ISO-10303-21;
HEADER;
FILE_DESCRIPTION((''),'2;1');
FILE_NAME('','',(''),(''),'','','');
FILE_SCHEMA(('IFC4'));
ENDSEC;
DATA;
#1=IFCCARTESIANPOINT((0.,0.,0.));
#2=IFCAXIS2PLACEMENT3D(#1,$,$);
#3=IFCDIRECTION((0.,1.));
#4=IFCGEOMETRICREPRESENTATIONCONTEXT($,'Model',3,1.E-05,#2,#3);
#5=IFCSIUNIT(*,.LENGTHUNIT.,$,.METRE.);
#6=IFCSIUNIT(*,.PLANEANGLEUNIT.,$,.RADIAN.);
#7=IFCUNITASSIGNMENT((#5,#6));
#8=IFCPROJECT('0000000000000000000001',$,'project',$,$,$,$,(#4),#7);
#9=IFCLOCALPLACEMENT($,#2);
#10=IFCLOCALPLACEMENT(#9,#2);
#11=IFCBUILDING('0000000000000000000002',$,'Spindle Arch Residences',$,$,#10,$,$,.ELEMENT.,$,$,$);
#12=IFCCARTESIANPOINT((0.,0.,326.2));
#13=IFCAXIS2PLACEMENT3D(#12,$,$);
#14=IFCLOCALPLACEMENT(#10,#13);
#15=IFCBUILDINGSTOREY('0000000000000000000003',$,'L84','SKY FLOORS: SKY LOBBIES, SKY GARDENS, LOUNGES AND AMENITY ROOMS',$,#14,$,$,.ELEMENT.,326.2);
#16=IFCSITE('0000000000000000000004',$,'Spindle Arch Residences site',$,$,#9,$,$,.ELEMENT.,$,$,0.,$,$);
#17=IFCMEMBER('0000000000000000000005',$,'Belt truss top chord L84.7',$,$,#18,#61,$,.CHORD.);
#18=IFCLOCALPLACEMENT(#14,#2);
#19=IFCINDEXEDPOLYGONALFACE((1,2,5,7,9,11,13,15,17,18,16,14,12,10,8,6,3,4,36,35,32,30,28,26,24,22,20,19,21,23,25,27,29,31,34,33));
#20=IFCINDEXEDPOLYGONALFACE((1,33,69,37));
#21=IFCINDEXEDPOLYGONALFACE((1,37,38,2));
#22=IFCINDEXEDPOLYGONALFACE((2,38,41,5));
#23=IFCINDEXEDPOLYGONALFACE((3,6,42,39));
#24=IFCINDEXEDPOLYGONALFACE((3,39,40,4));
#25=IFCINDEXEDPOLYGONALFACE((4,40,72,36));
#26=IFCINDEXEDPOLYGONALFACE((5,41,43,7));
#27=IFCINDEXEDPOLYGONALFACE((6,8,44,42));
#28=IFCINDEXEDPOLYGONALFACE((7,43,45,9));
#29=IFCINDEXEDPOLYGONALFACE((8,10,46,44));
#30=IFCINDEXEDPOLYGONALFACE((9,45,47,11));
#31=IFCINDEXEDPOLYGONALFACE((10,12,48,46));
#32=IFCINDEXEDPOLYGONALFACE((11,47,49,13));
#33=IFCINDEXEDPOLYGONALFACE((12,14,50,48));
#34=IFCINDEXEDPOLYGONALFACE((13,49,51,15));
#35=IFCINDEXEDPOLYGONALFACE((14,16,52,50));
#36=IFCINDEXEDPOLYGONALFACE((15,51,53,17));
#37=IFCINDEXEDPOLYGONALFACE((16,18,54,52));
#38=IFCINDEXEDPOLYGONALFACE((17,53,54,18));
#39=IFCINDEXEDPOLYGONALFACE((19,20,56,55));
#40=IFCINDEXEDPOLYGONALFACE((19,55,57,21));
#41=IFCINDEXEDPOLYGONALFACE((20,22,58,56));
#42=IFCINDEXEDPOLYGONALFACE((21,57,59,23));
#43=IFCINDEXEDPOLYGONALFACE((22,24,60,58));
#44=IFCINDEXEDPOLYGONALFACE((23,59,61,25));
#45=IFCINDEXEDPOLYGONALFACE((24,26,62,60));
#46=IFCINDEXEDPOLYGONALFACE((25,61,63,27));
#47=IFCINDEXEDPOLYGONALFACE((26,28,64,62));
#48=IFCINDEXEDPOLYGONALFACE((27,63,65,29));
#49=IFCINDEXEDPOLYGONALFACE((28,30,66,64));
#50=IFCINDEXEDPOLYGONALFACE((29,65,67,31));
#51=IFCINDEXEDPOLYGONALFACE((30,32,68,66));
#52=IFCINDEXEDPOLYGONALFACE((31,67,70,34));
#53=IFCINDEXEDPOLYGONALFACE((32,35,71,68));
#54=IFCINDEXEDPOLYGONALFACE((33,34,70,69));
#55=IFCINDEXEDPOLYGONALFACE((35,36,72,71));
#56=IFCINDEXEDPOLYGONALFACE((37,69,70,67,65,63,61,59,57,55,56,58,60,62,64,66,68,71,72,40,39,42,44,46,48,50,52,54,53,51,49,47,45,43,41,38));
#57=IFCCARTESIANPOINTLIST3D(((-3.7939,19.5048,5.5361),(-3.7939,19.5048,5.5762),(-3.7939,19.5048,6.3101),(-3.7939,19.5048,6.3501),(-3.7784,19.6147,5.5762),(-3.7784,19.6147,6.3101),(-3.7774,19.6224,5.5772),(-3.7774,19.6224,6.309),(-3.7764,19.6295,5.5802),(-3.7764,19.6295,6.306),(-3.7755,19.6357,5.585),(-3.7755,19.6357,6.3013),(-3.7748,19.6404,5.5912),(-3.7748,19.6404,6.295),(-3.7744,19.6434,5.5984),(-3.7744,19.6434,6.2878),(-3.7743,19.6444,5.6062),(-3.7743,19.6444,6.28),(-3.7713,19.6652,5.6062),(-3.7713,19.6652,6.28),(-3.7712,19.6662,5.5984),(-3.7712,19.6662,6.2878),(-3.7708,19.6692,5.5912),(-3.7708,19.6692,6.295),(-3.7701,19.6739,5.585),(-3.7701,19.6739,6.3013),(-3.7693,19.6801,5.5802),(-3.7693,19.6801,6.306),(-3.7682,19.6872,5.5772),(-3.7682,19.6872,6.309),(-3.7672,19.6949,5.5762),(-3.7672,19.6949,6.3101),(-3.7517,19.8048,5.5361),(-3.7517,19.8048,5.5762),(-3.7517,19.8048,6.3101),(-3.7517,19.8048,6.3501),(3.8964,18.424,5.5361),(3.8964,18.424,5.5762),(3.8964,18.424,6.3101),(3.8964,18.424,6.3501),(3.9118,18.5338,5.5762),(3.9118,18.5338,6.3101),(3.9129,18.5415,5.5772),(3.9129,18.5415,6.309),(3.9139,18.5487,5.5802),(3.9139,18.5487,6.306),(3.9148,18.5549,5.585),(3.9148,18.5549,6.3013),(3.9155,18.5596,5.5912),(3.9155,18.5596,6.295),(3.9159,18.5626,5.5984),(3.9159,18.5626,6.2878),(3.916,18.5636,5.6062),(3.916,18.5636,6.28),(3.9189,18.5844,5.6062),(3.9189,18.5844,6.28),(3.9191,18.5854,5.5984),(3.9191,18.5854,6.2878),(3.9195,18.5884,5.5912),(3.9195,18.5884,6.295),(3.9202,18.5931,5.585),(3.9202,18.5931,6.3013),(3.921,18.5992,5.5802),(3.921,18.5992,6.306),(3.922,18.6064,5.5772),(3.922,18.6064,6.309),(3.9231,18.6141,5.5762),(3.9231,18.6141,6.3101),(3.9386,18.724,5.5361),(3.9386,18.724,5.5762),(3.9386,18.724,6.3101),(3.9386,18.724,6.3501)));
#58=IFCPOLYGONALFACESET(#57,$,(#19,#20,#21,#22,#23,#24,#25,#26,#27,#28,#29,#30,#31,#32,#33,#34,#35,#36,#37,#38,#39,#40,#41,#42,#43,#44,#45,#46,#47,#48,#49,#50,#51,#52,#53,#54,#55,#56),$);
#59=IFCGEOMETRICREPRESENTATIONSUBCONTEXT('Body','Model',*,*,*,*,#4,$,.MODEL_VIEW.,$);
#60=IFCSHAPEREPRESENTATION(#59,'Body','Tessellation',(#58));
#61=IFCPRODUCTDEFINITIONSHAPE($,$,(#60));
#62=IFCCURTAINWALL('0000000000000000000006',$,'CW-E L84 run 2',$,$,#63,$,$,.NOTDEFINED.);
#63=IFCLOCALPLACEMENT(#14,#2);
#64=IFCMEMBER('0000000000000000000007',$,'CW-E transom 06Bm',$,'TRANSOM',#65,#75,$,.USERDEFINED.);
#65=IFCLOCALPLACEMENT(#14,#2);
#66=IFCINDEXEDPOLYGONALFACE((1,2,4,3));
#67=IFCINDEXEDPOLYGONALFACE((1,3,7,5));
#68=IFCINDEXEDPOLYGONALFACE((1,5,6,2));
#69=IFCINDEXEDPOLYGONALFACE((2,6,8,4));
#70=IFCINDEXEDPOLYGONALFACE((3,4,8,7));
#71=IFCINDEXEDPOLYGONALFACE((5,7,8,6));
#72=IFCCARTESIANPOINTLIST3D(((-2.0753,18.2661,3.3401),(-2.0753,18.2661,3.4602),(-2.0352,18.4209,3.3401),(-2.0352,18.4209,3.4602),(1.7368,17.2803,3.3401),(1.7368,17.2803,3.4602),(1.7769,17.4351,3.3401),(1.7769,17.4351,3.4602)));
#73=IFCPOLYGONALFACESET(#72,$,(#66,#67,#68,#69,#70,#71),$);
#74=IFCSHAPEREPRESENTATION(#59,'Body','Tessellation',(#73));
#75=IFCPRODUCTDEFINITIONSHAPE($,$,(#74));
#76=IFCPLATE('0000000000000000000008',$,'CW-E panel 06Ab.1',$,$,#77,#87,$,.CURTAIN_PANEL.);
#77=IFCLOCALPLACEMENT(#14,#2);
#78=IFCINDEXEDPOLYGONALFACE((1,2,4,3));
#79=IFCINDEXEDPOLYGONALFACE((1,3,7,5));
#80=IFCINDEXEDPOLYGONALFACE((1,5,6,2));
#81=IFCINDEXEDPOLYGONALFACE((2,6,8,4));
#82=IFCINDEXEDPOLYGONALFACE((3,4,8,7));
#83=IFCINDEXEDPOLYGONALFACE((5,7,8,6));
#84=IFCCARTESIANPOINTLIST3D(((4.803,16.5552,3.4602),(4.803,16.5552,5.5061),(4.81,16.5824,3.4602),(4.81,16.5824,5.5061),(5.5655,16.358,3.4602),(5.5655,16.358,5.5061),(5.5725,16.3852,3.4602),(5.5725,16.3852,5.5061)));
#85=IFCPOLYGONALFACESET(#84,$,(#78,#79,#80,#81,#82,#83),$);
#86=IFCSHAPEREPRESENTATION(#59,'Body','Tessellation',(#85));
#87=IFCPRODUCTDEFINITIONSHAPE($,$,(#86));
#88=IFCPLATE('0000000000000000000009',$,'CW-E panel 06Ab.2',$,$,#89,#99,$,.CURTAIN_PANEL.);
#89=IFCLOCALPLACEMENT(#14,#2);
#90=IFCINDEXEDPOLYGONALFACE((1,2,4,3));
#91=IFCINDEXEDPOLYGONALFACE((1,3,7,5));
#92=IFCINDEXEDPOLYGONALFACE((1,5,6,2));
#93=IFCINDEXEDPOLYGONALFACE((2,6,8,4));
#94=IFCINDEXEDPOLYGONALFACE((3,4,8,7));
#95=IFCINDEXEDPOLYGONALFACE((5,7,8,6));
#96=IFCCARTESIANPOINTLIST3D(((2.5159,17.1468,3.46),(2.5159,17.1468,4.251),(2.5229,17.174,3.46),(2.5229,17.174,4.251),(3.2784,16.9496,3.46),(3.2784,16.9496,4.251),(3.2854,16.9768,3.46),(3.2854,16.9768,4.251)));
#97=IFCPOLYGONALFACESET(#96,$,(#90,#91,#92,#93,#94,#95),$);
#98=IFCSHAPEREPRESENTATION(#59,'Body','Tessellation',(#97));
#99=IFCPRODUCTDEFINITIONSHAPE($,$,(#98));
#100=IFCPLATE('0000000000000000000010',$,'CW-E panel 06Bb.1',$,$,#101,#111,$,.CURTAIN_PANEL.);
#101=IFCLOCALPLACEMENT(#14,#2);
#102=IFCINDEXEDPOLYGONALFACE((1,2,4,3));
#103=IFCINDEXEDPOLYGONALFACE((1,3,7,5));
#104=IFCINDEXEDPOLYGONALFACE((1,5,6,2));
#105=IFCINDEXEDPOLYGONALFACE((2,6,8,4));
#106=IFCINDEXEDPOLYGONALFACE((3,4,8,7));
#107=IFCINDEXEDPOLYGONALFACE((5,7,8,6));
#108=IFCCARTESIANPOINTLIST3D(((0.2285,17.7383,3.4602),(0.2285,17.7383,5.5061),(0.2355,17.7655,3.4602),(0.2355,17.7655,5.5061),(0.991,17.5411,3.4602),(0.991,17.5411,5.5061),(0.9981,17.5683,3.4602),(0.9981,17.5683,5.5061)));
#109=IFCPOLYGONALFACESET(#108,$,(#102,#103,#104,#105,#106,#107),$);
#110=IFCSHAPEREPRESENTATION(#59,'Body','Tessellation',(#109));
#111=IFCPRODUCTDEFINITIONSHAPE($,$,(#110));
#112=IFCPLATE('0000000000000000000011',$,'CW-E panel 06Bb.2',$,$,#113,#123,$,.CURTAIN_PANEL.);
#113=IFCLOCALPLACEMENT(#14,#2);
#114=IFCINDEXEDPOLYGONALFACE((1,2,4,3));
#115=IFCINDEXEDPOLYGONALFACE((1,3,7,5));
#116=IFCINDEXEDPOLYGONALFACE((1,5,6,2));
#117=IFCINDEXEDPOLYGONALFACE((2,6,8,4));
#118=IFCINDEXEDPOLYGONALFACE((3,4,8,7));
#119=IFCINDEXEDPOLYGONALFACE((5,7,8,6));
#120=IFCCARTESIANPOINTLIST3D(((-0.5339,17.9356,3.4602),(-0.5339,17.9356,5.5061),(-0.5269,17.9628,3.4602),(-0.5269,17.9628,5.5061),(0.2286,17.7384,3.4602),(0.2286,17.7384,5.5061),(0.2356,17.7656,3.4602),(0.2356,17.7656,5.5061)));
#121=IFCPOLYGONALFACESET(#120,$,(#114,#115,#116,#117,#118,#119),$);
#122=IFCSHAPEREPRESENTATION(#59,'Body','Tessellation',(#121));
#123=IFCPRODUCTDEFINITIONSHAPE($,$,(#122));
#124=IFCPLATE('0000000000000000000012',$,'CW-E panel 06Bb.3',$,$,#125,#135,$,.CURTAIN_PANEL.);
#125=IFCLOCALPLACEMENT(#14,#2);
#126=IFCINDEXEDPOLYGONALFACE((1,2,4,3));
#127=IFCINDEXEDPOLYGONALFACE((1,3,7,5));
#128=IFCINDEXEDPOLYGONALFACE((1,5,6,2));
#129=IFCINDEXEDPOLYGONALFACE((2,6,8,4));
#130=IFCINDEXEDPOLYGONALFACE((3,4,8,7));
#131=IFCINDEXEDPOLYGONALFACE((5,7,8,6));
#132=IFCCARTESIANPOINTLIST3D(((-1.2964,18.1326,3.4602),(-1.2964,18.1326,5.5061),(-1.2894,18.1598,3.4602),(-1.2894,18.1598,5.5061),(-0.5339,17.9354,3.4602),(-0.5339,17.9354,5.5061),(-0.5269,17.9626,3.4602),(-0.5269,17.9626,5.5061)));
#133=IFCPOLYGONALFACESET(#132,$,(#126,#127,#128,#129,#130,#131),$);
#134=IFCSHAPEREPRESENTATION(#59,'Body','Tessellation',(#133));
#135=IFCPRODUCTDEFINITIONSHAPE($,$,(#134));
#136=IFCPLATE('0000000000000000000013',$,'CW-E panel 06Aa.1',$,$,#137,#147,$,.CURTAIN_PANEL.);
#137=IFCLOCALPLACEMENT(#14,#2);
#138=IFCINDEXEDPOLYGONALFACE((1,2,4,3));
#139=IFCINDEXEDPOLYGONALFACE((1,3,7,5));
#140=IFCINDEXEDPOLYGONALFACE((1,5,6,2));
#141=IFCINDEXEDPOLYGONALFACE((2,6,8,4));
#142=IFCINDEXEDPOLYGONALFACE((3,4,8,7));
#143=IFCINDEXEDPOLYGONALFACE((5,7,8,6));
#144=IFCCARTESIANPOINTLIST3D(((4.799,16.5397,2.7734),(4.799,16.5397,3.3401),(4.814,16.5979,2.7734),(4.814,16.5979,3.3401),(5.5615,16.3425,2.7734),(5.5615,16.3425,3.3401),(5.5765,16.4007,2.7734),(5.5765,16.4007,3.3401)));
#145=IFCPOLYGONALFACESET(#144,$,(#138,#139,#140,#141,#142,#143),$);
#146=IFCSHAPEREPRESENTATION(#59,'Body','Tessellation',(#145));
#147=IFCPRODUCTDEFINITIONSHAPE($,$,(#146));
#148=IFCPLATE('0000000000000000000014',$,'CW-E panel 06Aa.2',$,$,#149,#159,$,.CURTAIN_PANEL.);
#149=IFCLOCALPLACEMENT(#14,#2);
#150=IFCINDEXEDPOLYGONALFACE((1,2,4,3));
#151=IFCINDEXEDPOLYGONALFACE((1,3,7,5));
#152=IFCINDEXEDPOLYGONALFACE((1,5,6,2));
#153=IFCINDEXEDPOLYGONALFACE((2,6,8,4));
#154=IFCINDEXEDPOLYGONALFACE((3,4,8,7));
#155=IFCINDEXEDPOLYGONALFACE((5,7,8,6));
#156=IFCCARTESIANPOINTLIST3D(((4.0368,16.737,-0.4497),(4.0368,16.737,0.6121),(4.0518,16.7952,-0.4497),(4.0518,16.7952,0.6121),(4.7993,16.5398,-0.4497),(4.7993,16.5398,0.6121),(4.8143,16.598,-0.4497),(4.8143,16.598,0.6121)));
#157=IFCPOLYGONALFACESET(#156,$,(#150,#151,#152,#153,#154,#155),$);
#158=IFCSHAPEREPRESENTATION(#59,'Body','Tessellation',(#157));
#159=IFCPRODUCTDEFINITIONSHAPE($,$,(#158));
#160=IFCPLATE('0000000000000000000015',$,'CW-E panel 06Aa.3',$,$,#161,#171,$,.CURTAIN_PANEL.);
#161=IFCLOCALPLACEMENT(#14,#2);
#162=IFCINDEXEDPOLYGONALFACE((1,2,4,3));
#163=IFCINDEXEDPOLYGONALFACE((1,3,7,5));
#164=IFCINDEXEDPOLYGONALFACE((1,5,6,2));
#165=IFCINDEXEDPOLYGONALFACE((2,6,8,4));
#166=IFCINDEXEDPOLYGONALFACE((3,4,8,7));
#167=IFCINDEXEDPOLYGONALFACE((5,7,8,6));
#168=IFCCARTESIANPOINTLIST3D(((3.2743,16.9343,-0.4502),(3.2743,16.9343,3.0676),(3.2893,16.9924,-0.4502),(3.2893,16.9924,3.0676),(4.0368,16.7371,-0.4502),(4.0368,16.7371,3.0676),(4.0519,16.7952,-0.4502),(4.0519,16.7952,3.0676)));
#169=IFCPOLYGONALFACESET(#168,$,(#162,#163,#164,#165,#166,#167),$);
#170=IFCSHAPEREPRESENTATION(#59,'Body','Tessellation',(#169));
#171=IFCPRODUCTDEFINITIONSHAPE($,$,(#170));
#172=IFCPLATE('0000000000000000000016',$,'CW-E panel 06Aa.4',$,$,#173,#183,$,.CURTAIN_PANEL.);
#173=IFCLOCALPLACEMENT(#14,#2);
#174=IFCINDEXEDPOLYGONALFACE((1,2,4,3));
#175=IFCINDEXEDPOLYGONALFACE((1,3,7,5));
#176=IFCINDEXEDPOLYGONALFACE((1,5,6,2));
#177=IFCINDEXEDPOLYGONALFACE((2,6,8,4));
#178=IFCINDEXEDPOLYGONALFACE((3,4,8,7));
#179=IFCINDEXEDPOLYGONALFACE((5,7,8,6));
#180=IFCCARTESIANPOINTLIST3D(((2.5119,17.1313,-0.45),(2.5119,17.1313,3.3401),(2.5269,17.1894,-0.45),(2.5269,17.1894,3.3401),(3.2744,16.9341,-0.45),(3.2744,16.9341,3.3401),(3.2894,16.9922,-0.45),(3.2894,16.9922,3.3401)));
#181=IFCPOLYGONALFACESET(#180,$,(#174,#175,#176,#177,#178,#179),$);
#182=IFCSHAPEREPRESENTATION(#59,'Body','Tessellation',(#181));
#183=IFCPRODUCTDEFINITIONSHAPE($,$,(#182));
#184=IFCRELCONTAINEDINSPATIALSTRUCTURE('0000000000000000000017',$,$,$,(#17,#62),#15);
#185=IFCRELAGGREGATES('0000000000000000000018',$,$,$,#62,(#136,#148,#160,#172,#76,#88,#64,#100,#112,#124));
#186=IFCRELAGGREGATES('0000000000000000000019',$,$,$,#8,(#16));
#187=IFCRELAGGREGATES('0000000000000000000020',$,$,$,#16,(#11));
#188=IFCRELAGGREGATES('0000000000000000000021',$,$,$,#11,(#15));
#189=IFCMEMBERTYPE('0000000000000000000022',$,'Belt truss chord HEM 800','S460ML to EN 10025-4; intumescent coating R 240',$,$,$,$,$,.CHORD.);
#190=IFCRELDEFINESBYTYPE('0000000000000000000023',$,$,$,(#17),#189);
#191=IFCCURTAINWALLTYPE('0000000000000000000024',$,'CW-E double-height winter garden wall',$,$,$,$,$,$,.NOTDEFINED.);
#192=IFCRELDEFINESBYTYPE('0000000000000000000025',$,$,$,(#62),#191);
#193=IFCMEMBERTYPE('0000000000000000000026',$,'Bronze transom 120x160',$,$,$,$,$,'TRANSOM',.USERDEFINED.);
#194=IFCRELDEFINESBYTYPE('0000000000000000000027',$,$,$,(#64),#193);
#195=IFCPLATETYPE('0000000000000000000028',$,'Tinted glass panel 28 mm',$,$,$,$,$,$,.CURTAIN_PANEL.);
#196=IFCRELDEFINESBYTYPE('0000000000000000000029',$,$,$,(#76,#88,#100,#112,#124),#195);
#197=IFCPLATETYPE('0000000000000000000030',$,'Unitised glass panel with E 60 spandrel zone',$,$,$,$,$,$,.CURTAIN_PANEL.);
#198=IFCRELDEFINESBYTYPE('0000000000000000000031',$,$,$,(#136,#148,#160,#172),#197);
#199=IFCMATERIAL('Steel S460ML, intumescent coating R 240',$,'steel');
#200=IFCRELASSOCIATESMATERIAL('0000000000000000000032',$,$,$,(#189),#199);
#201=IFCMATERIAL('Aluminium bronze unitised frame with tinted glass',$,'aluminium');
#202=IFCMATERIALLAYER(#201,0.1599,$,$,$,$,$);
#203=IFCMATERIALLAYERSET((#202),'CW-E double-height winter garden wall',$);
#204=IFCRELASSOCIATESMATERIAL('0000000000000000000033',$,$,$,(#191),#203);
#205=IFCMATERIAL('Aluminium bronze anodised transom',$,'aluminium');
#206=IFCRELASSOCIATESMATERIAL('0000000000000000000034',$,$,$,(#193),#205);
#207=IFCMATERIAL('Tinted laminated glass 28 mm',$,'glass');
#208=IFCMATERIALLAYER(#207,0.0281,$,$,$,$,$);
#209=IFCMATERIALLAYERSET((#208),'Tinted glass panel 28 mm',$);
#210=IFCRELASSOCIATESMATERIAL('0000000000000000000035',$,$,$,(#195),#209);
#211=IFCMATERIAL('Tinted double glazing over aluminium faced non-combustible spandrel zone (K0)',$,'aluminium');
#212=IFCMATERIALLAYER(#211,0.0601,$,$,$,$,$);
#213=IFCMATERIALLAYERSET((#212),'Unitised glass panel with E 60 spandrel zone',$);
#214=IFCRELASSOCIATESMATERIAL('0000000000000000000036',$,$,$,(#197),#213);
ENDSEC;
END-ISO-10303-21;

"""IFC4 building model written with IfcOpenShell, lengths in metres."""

from ifc_helpers import new_model, si_unit, direction, frame, origin, origin_2d, place, context, subcontext, project, spatial, rectangle, i_section, extrude, material, layer, layer_set, material_profile, profile_set, type_object, element, aggregate, save


model = new_model("IFC4")

# Units and contexts
model_context = context("Model", 3, precision=1e-05, world=origin(), true_north=direction((0.0, 1.0)))
body_context = subcontext(model_context, "Body", "Model", "MODEL_VIEW")
ifc_project = project(units=[si_unit("LENGTHUNIT", "METRE"), si_unit("PLANEANGLEUNIT", "RADIAN")], contexts=[model_context])

# Site, building, storey
site_placement = place(None, origin())
site = spatial("IfcSite", under=ifc_project, at=site_placement, Name="Spindle Arch Residences site", CompositionType="ELEMENT", RefElevation=0.0)
building_placement = place(site_placement, origin())
building = spatial("IfcBuilding", under=site, at=building_placement, Name="Spindle Arch Residences", CompositionType="ELEMENT")
storey_placement = place(building_placement, frame((0.0, 0.0, 326.2)))
storey = spatial("IfcBuildingStorey", under=building, at=storey_placement, Name="L84", Description="SKY FLOORS: SKY LOBBIES, SKY GARDENS, LOUNGES AND AMENITY ROOMS", CompositionType="ELEMENT", Elevation=326.2)

# Member
ifc_material_1 = material(Name="Steel S460ML, intumescent coating R 240", Category="steel")
ifc_material_profile_1 = material_profile(ifc_material_1, i_section(OverallWidth=0.303, OverallDepth=0.814, WebThickness=0.021, FlangeThickness=0.04, FilletRadius=0.03, at=origin_2d()), Name="HEM 800")
ifc_profile_set_1 = profile_set([ifc_material_profile_1], Name="Steel S460ML, intumescent coating R 240")
member_type_1 = type_object("IfcMemberType", Name="Belt truss chord HEM 800", Description="S460ML to EN 10025-4; intumescent coating R 240", PredefinedType="CHORD", material=ifc_profile_set_1)
member_1_placement = place(storey_placement, frame((3.9175, 18.574, 5.9431), z_axis=(-0.990268, 0.139176, 0.0), x_axis=(-0.139176, -0.990268, 0.0)))
element("IfcMember", 1, at=member_1_placement, inside=storey, type_object=member_type_1, Name="Belt truss top chord L84.7", PredefinedType="CHORD", context=body_context, shape_type="SweptSolid", body=[
    extrude(i_section(OverallWidth=0.303, OverallDepth=0.814, WebThickness=0.021, FlangeThickness=0.04, FilletRadius=0.03, at=origin_2d()), origin(), (0.0, 0.0, 1.0), 7.7659),
])

# Curtain wall, member, plates
ifc_material_2 = material(Name="Aluminium bronze unitised frame with tinted glass", Category="aluminium")
ifc_layer_1 = layer(ifc_material_2, 0.1599)
ifc_layer_set_1 = layer_set([ifc_layer_1], Name="CW-E double-height winter garden wall")
curtain_wall_type = type_object("IfcCurtainWallType", Name="CW-E double-height winter garden wall", PredefinedType="NOTDEFINED", material=ifc_layer_set_1)
curtain_wall_placement = place(storey_placement, origin())
curtain_wall = element("IfcCurtainWall", 2, at=curtain_wall_placement, inside=storey, type_object=curtain_wall_type, Name="CW-E L84 run 2", PredefinedType="NOTDEFINED")
ifc_material_3 = material(Name="Aluminium bronze anodised transom", Category="aluminium")
ifc_material_profile_2 = material_profile(ifc_material_3, rectangle(XDim=0.1599, YDim=0.1201, at=origin_2d()), Name="TR 120x160")
ifc_profile_set_2 = profile_set([ifc_material_profile_2], Name="Aluminium bronze anodised transom")
member_type_2 = type_object("IfcMemberType", Name="Bronze transom 120x160", ElementType="TRANSOM", PredefinedType="USERDEFINED", material=ifc_profile_set_2)
member_2_placement = place(storey_placement, frame((1.7568, 17.3577, 3.4001), z_axis=(-0.968148, 0.250377, 0.0), x_axis=(-0.250377, -0.968148, 0.0)))
member_2 = element("IfcMember", 3, at=member_2_placement, type_object=member_type_2, Name="CW-E transom 06Bm", ObjectType="TRANSOM", PredefinedType="USERDEFINED", context=body_context, shape_type="SweptSolid", body=[
    extrude(rectangle(XDim=0.1599, YDim=0.1201, at=origin_2d()), origin(), (0.0, 0.0, 1.0), 3.9375),
])
ifc_material_4 = material(Name="Tinted laminated glass 28 mm", Category="glass")
ifc_layer_2 = layer(ifc_material_4, 0.0281)
ifc_layer_set_2 = layer_set([ifc_layer_2], Name="Tinted glass panel 28 mm")
plate_type_1 = type_object("IfcPlateType", Name="Tinted glass panel 28 mm", PredefinedType="CURTAIN_PANEL", material=ifc_layer_set_2)
plate_1_placement = place(storey_placement, frame((5.1877, 16.4702, 3.4602), z_axis=(0.0, 0.0, 1.0), x_axis=(-0.968148, 0.25038, 0.0)))
plate_1 = element("IfcPlate", 4, at=plate_1_placement, type_object=plate_type_1, Name="CW-E panel 06Ab.1", PredefinedType="CURTAIN_PANEL", context=body_context, shape_type="SweptSolid", body=[
    extrude(rectangle(XDim=0.7876, YDim=0.0281, at=origin_2d()), origin(), (0.0, 0.0, 1.0), 2.0459),
])
plate_2_placement = place(storey_placement, frame((2.9006, 17.0618, 3.46), z_axis=(0.0, 0.0, 1.0), x_axis=(-0.968148, 0.25038, 0.0)))
plate_2 = element("IfcPlate", 5, at=plate_2_placement, type_object=plate_type_1, Name="CW-E panel 06Ab.2", PredefinedType="CURTAIN_PANEL", context=body_context, shape_type="SweptSolid", body=[
    extrude(rectangle(XDim=0.7876, YDim=0.0281, at=origin_2d()), origin(), (0.0, 0.0, 1.0), 0.791),
])
plate_3_placement = place(storey_placement, frame((0.6133, 17.6533, 3.4602), z_axis=(0.0, 0.0, 1.0), x_axis=(-0.968148, 0.25038, 0.0)))
plate_3 = element("IfcPlate", 6, at=plate_3_placement, type_object=plate_type_1, Name="CW-E panel 06Bb.1", PredefinedType="CURTAIN_PANEL", context=body_context, shape_type="SweptSolid", body=[
    extrude(rectangle(XDim=0.7876, YDim=0.0281, at=origin_2d()), origin(), (0.0, 0.0, 1.0), 2.0459),
])
plate_4_placement = place(storey_placement, frame((-0.1492, 17.8506, 3.4602), z_axis=(0.0, 0.0, 1.0), x_axis=(-0.968148, 0.25038, 0.0)))
plate_4 = element("IfcPlate", 7, at=plate_4_placement, type_object=plate_type_1, Name="CW-E panel 06Bb.2", PredefinedType="CURTAIN_PANEL", context=body_context, shape_type="SweptSolid", body=[
    extrude(rectangle(XDim=0.7876, YDim=0.0281, at=origin_2d()), origin(), (0.0, 0.0, 1.0), 2.0459),
])
plate_5_placement = place(storey_placement, frame((-0.9116, 18.0476, 3.4602), z_axis=(0.0, 0.0, 1.0), x_axis=(-0.968148, 0.25038, 0.0)))
plate_5 = element("IfcPlate", 8, at=plate_5_placement, type_object=plate_type_1, Name="CW-E panel 06Bb.3", PredefinedType="CURTAIN_PANEL", context=body_context, shape_type="SweptSolid", body=[
    extrude(rectangle(XDim=0.7876, YDim=0.0281, at=origin_2d()), origin(), (0.0, 0.0, 1.0), 2.0459),
])
ifc_material_5 = material(Name="Tinted double glazing over aluminium faced non-combustible spandrel zone (K0)", Category="aluminium")
ifc_layer_3 = layer(ifc_material_5, 0.0601)
ifc_layer_set_3 = layer_set([ifc_layer_3], Name="Unitised glass panel with E 60 spandrel zone")
plate_type_2 = type_object("IfcPlateType", Name="Unitised glass panel with E 60 spandrel zone", PredefinedType="CURTAIN_PANEL", material=ifc_layer_set_3)
plate_6_placement = place(storey_placement, frame((5.1877, 16.4702, 2.7734), z_axis=(0.0, 0.0, 1.0), x_axis=(-0.968148, 0.25038, 0.0)))
plate_6 = element("IfcPlate", 9, at=plate_6_placement, type_object=plate_type_2, Name="CW-E panel 06Aa.1", PredefinedType="CURTAIN_PANEL", context=body_context, shape_type="SweptSolid", body=[
    extrude(rectangle(XDim=0.7876, YDim=0.0601, at=origin_2d()), origin(), (0.0, 0.0, 1.0), 0.5667),
])
plate_7_placement = place(storey_placement, frame((4.4255, 16.6675, -0.4497), z_axis=(0.0, 0.0, 1.0), x_axis=(-0.968148, 0.25038, 0.0)))
plate_7 = element("IfcPlate", 10, at=plate_7_placement, type_object=plate_type_2, Name="CW-E panel 06Aa.2", PredefinedType="CURTAIN_PANEL", context=body_context, shape_type="SweptSolid", body=[
    extrude(rectangle(XDim=0.7876, YDim=0.0601, at=origin_2d()), origin(), (0.0, 0.0, 1.0), 1.0618),
])
plate_8_placement = place(storey_placement, frame((3.6631, 16.8647, -0.4502), z_axis=(0.0, 0.0, 1.0), x_axis=(-0.968148, 0.25038, 0.0)))
plate_8 = element("IfcPlate", 11, at=plate_8_placement, type_object=plate_type_2, Name="CW-E panel 06Aa.3", PredefinedType="CURTAIN_PANEL", context=body_context, shape_type="SweptSolid", body=[
    extrude(rectangle(XDim=0.7876, YDim=0.0601, at=origin_2d()), origin(), (0.0, 0.0, 1.0), 3.5178),
])
plate_9_placement = place(storey_placement, frame((2.9006, 17.0618, -0.45), z_axis=(0.0, 0.0, 1.0), x_axis=(-0.968148, 0.25038, 0.0)))
plate_9 = element("IfcPlate", 12, at=plate_9_placement, type_object=plate_type_2, Name="CW-E panel 06Aa.4", PredefinedType="CURTAIN_PANEL", context=body_context, shape_type="SweptSolid", body=[
    extrude(rectangle(XDim=0.7876, YDim=0.0601, at=origin_2d()), origin(), (0.0, 0.0, 1.0), 3.79),
])
aggregate(curtain_wall, [plate_6, plate_7, plate_8, plate_9, plate_1, plate_2, member_2, plate_3, plate_4, plate_5])

save(model, "model.ifc")
